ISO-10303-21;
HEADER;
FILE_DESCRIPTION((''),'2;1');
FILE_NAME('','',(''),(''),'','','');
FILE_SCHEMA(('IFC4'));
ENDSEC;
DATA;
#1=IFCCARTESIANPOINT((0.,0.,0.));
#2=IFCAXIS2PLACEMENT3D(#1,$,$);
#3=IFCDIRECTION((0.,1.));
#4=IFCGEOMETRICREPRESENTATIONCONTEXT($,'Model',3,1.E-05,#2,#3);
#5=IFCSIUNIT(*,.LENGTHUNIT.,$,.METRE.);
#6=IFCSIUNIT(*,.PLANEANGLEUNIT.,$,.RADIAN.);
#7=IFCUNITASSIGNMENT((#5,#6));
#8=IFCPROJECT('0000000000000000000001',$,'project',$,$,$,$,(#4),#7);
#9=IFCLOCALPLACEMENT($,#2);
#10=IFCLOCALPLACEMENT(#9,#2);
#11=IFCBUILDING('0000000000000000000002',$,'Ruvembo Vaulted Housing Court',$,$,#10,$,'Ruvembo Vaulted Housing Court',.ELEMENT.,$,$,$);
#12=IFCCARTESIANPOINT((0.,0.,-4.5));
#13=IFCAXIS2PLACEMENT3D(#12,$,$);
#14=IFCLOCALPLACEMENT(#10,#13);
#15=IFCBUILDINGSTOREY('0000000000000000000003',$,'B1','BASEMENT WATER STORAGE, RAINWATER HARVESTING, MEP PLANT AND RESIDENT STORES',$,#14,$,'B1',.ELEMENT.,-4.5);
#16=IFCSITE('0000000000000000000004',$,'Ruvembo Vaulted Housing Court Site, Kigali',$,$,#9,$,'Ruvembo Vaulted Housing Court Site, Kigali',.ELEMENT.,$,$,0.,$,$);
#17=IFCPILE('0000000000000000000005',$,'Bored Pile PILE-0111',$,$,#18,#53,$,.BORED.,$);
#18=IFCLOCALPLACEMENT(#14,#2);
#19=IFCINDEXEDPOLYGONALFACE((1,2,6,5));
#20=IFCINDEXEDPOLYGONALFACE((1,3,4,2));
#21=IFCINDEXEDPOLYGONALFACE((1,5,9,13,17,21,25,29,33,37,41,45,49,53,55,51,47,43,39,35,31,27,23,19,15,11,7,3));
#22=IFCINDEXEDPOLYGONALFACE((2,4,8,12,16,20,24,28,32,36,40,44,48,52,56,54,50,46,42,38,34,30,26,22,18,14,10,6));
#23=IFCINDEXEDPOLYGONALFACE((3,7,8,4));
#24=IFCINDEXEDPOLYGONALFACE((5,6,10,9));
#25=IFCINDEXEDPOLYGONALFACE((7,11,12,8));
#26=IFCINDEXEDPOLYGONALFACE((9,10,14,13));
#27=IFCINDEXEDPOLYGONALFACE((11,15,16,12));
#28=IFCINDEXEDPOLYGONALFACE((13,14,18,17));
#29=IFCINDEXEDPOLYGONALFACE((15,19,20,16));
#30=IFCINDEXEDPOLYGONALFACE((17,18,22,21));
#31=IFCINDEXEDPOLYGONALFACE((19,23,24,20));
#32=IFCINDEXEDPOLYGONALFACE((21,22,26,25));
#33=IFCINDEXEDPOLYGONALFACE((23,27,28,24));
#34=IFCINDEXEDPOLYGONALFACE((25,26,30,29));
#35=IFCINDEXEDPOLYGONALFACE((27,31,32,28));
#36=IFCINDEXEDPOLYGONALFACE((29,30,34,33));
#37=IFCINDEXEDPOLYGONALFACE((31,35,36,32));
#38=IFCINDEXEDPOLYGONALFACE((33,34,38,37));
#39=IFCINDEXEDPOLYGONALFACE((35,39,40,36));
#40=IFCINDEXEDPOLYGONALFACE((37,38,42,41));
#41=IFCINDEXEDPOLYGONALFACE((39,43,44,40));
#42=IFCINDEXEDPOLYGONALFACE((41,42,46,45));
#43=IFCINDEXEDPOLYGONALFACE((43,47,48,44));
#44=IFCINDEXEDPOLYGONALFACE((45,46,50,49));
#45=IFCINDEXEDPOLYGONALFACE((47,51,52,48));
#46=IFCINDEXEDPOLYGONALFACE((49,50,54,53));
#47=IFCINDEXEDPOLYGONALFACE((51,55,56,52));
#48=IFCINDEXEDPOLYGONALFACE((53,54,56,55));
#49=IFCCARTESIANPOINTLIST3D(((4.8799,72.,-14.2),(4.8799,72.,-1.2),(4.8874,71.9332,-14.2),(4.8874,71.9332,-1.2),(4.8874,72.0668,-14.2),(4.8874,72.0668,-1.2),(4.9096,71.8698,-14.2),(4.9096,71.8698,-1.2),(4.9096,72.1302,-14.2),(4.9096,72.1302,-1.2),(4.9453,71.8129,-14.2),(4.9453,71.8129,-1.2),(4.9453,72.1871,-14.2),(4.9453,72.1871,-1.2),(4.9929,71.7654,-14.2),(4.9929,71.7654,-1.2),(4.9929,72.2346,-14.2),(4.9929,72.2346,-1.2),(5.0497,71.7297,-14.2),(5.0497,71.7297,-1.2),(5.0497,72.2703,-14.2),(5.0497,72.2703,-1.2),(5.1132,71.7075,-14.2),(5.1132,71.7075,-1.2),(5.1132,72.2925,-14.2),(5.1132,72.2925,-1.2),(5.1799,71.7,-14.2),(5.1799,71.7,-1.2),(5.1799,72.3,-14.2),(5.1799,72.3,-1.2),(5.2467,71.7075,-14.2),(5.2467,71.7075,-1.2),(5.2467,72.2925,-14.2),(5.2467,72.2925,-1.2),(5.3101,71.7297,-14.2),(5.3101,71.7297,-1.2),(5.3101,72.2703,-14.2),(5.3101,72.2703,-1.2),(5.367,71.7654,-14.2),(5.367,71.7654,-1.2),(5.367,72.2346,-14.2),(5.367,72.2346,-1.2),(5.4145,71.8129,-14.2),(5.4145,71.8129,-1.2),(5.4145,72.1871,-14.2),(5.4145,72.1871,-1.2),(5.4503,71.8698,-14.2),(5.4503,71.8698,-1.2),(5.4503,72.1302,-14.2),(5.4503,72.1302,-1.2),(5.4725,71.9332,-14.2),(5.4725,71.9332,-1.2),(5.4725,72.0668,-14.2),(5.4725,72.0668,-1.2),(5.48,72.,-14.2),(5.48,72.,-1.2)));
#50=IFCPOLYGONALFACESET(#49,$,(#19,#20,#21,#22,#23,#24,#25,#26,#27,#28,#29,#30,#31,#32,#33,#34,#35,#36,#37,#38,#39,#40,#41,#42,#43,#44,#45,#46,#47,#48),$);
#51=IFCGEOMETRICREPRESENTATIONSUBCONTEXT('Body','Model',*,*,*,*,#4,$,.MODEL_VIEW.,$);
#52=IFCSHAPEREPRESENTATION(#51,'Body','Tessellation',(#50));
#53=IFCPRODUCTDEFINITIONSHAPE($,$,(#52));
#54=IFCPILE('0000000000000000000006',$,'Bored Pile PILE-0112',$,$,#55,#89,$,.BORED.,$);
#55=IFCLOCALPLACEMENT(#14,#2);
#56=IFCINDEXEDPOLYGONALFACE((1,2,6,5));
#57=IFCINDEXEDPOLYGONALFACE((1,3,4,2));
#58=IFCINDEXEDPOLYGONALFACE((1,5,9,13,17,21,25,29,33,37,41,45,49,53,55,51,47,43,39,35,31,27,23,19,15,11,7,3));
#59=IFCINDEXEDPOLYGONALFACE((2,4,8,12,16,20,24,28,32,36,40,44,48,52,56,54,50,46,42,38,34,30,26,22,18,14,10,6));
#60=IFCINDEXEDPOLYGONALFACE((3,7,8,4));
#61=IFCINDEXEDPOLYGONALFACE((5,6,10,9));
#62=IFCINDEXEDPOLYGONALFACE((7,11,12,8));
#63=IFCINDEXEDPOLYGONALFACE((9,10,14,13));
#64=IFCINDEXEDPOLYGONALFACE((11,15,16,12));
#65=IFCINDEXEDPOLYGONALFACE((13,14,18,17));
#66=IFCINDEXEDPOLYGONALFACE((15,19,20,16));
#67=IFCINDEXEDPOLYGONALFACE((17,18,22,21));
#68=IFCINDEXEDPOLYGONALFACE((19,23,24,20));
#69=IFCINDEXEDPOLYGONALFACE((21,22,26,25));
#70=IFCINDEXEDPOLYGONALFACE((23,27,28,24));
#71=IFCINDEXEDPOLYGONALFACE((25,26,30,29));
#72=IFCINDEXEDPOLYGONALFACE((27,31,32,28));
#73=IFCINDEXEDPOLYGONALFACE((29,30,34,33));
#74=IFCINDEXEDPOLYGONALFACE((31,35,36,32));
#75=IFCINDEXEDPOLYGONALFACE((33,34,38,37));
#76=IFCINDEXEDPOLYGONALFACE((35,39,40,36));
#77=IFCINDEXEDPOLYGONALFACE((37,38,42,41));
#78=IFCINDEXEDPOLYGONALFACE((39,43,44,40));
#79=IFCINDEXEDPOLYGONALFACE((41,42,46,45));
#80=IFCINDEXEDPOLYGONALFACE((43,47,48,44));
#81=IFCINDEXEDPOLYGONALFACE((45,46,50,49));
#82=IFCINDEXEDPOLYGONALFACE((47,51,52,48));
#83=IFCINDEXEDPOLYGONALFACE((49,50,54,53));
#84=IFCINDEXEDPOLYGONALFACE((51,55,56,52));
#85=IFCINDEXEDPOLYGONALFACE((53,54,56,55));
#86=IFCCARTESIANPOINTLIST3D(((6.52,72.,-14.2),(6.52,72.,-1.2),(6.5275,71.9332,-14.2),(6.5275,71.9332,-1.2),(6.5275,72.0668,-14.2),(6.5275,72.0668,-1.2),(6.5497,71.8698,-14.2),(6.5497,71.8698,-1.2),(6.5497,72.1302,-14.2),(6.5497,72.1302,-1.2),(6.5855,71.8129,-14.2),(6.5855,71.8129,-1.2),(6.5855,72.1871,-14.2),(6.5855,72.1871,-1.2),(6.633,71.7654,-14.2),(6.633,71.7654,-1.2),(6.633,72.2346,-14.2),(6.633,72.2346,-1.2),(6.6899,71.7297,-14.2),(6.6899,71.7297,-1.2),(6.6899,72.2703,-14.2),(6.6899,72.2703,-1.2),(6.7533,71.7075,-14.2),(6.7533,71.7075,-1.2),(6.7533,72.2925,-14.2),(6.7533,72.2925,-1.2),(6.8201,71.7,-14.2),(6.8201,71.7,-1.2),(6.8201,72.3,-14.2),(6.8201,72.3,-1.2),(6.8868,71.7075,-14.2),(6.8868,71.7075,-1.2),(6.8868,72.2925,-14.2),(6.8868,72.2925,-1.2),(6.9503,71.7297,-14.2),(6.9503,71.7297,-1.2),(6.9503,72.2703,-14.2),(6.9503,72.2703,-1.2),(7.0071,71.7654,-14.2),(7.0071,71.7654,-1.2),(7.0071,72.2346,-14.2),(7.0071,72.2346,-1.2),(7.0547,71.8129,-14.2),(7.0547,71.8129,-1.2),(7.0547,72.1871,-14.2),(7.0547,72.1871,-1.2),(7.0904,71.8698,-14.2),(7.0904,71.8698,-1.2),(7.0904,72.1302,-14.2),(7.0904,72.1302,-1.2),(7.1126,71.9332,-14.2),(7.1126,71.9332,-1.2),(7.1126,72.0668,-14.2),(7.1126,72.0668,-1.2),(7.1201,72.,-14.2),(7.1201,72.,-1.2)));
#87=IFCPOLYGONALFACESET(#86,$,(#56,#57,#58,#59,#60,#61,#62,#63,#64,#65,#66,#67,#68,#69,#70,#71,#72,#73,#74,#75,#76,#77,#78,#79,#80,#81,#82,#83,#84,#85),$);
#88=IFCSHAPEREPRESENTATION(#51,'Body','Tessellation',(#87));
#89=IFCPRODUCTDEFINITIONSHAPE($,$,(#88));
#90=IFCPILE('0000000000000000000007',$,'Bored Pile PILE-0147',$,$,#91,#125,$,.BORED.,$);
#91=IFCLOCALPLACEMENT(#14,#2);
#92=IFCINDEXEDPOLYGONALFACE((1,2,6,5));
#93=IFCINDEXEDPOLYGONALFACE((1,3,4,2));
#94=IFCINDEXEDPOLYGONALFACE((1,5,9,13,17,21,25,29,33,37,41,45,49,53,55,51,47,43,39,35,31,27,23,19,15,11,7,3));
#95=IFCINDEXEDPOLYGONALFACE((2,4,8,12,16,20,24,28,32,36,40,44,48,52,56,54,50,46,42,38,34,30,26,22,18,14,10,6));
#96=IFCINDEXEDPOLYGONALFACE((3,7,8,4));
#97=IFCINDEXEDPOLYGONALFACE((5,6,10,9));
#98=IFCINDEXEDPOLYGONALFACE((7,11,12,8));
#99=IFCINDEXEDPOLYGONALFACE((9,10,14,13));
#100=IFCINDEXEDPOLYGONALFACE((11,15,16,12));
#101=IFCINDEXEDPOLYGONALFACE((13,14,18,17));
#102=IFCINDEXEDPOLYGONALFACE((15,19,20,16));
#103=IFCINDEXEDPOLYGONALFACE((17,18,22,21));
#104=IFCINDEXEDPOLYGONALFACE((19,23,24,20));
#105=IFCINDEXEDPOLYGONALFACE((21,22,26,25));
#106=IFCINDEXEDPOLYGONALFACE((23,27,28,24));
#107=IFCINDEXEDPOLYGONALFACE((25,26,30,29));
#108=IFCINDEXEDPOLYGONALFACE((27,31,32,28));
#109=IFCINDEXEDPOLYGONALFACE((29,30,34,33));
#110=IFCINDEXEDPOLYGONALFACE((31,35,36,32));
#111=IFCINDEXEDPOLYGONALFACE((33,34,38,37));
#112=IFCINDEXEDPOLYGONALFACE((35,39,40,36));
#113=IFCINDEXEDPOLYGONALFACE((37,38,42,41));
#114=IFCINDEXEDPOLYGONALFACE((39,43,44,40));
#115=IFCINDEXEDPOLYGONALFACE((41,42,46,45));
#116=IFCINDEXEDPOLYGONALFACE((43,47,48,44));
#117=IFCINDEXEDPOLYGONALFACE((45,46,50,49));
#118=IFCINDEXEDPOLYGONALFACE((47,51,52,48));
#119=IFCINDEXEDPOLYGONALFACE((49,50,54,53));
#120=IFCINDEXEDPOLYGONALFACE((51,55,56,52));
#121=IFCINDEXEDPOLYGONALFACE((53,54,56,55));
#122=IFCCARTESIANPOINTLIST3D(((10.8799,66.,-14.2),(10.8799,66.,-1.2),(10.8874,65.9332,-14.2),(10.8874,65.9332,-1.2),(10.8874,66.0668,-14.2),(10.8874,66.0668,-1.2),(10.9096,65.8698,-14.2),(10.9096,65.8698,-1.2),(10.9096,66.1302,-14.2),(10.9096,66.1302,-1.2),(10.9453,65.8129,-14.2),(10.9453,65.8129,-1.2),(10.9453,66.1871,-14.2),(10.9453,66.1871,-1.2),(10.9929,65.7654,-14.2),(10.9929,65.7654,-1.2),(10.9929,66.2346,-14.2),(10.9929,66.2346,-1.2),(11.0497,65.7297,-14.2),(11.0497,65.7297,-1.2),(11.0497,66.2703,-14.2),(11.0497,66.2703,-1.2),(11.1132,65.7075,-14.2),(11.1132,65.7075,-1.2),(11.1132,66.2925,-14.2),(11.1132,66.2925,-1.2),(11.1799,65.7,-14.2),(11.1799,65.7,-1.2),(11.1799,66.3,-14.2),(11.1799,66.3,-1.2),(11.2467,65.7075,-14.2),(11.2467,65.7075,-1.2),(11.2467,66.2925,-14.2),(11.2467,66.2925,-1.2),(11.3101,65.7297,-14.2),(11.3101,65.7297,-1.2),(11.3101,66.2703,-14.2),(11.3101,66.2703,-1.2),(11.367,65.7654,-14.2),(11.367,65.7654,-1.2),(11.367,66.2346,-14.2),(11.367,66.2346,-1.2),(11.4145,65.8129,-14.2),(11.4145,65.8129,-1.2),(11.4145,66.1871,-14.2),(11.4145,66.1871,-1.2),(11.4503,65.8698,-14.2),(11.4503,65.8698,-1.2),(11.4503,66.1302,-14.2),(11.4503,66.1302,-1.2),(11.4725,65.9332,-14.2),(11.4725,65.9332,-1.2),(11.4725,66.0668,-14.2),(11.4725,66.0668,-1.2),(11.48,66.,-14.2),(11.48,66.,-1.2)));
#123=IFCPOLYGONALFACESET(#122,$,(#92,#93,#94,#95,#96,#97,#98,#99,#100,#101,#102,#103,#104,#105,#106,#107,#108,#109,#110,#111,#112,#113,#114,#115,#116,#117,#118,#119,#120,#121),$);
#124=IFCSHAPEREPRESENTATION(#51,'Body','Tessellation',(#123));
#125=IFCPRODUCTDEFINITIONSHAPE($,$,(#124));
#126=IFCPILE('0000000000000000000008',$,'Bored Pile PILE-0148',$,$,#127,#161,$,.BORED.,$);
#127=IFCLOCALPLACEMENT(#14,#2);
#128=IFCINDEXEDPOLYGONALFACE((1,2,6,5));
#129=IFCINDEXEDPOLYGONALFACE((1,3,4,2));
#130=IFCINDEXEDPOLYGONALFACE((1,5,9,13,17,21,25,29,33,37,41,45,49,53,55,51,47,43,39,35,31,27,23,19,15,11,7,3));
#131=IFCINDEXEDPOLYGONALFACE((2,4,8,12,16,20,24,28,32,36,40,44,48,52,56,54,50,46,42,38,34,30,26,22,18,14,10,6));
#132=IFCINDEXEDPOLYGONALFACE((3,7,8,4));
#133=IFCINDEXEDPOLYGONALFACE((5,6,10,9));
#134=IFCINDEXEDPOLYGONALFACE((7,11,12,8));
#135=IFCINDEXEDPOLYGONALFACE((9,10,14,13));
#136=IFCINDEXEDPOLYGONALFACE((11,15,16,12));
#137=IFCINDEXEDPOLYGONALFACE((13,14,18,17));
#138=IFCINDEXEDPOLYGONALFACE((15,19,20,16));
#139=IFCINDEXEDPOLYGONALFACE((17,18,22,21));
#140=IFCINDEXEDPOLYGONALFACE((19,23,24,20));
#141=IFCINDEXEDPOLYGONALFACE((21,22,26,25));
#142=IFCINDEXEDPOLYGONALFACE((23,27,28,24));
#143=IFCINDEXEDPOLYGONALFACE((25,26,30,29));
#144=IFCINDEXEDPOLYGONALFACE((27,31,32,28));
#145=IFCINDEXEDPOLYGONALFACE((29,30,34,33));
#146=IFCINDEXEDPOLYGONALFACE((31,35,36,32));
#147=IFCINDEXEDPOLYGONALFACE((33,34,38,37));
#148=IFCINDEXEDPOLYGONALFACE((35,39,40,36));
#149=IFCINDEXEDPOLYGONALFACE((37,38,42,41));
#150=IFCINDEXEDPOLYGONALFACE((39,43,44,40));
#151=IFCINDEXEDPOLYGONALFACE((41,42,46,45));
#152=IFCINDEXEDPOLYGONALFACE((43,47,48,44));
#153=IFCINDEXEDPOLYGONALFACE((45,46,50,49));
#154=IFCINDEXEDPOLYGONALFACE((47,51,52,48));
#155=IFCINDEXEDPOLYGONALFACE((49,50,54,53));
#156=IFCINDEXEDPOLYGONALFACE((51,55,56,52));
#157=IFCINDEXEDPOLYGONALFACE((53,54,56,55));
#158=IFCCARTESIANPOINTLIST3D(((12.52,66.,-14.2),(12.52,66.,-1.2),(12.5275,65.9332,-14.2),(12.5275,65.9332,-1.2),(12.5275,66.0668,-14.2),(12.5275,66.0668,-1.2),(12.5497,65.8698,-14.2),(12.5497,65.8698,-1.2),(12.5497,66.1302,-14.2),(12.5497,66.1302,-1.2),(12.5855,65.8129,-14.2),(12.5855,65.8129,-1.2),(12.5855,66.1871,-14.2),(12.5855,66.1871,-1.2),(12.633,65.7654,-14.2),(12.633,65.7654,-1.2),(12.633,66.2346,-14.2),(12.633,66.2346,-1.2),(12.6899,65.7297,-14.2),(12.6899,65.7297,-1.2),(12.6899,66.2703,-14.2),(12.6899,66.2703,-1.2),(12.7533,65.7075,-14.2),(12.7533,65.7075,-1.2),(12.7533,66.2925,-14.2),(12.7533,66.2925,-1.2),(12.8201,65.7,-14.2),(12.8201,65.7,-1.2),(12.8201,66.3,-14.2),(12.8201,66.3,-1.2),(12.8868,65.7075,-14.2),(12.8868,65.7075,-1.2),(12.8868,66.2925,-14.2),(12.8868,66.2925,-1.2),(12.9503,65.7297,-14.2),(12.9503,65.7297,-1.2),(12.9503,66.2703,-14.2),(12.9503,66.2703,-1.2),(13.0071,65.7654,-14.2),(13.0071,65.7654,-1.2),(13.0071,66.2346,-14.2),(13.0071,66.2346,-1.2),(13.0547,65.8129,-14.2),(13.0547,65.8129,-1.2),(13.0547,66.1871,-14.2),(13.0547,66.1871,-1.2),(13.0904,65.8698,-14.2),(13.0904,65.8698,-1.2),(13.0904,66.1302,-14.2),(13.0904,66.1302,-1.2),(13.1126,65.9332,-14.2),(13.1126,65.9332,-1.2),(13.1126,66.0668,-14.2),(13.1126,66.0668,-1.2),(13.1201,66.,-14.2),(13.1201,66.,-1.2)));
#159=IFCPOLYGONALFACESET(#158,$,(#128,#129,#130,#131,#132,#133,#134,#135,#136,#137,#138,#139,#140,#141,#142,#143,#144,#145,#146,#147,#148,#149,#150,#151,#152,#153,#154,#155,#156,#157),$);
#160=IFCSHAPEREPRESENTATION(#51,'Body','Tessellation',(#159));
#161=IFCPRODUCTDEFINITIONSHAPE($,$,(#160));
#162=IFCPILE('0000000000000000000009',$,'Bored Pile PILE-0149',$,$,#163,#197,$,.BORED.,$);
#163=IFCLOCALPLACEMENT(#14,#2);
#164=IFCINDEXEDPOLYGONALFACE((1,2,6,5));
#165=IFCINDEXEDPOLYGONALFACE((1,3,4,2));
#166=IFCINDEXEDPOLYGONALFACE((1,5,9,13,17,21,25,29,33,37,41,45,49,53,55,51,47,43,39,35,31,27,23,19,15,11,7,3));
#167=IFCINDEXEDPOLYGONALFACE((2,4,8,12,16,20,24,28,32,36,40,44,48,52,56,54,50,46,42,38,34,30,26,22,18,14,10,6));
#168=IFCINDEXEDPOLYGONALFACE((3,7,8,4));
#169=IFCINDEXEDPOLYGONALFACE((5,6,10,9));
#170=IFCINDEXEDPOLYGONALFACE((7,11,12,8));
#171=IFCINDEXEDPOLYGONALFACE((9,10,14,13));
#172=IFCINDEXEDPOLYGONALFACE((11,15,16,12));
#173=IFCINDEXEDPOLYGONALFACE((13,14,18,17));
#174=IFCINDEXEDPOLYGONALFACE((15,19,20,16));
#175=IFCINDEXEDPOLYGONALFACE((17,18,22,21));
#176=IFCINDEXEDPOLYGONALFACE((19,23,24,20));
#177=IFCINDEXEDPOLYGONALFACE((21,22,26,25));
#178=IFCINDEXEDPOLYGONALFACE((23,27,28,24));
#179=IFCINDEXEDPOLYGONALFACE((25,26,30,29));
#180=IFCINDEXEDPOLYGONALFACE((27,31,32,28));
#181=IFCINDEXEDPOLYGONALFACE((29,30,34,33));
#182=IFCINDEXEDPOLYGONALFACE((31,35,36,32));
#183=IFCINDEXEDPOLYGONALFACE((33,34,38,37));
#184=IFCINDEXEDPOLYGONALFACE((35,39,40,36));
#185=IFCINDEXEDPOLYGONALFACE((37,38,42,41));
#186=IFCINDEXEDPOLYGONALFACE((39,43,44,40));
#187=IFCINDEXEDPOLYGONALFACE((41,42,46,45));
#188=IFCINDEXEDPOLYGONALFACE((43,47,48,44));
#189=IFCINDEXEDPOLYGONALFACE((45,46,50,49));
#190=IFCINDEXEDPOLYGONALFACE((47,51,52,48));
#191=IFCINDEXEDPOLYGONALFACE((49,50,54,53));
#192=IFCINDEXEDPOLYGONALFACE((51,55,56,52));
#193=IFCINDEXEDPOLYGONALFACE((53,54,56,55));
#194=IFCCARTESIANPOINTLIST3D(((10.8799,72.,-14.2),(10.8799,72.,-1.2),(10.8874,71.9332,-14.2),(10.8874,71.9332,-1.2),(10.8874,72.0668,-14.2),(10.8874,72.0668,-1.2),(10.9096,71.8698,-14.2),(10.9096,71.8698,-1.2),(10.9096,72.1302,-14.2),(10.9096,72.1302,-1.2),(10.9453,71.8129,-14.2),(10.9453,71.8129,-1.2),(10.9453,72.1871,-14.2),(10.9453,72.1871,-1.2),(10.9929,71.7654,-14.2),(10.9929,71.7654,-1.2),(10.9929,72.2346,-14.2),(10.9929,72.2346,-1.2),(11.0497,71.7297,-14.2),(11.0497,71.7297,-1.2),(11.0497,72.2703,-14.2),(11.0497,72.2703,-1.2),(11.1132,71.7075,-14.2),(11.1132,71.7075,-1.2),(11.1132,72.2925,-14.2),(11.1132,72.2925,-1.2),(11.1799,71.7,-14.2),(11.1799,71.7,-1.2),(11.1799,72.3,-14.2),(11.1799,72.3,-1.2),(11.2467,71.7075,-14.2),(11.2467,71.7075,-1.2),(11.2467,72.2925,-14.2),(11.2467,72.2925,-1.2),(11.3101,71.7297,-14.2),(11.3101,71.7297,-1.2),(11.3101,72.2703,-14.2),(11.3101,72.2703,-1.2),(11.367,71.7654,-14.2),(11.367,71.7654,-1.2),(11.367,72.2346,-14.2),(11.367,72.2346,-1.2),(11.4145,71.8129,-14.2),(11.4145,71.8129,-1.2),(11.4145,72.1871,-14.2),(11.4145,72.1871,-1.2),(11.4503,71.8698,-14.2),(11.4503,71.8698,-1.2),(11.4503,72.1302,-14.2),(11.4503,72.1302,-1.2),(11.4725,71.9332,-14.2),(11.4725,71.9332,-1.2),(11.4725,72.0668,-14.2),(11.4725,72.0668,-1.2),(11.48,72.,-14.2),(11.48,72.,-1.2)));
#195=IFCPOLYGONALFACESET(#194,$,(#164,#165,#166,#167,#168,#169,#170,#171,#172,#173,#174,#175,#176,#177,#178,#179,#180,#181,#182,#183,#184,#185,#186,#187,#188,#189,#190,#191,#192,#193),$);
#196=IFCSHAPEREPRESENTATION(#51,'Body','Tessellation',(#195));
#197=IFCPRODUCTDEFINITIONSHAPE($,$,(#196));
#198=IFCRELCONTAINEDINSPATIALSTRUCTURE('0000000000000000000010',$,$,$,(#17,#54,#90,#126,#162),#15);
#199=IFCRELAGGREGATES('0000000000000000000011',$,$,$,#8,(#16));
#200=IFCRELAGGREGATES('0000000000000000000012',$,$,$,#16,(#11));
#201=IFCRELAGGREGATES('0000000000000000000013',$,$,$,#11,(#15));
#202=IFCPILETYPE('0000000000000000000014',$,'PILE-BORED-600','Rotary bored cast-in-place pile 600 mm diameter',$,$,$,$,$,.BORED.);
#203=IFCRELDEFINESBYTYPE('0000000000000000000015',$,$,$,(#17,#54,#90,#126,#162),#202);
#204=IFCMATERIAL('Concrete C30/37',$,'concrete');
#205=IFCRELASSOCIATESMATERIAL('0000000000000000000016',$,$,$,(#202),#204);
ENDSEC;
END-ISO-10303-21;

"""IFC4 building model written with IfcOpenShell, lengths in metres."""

from ifc_helpers import new_model, si_unit, direction, frame, origin, origin_2d, place, context, subcontext, project, spatial, circle, extrude, material, material_profile, profile_set, type_object, element, save


model = new_model("IFC4")

# Units and contexts
model_context = context("Model", 3, precision=1e-05, world=origin(), true_north=direction((0.0, 1.0)))
body_context = subcontext(model_context, "Body", "Model", "MODEL_VIEW")
ifc_project = project(units=[si_unit("LENGTHUNIT", "METRE"), si_unit("PLANEANGLEUNIT", "RADIAN")], contexts=[model_context])

# Site, building, storey
site_placement = place(None, origin())
site = spatial("IfcSite", under=ifc_project, at=site_placement, Name="Ruvembo Vaulted Housing Court Site, Kigali", LongName="Ruvembo Vaulted Housing Court Site, Kigali", CompositionType="ELEMENT", RefElevation=0.0)
building_placement = place(site_placement, origin())
building = spatial("IfcBuilding", under=site, at=building_placement, Name="Ruvembo Vaulted Housing Court", LongName="Ruvembo Vaulted Housing Court", CompositionType="ELEMENT")
storey_placement = place(building_placement, frame((0.0, 0.0, -4.5)))
storey = spatial("IfcBuildingStorey", under=building, at=storey_placement, Name="B1", Description="BASEMENT WATER STORAGE, RAINWATER HARVESTING, MEP PLANT AND RESIDENT STORES", LongName="B1", CompositionType="ELEMENT", Elevation=-4.5)

# Piles
ifc_material_1 = material(Name="Concrete C30/37", Category="concrete")
ifc_material_profile_1 = material_profile(ifc_material_1, circle(Radius=0.3, at=origin_2d()), Name="PILE D600")
ifc_profile_set_1 = profile_set([ifc_material_profile_1], Name="Concrete C30/37")
pile_type = type_object("IfcPileType", Name="PILE-BORED-600", Description="Rotary bored cast-in-place pile 600 mm diameter", PredefinedType="BORED", material=ifc_profile_set_1)
for number, where, z_axis, x_axis, name in (
    (1, (5.1799, 72.0, -1.2), (0.0, 0.0, -1.0), (1.0, 0.0, 0.0), "Bored Pile PILE-0111"),
    (2, (6.8201, 72.0, -1.2), (0.0, 0.0, -1.0), (1.0, 0.0, 0.0), "Bored Pile PILE-0112"),
    (3, (11.1799, 66.0, -1.2), (0.0, 0.0, -1.0), (1.0, 0.0, 0.0), "Bored Pile PILE-0147"),
    (4, (12.8201, 66.0, -1.2), (0.0, 0.0, -1.0), (1.0, 0.0, 0.0), "Bored Pile PILE-0148"),
    (5, (11.1799, 72.0, -1.2), (0.0, 0.0, -1.0), (1.0, 0.0, 0.0), "Bored Pile PILE-0149"),
):
    element("IfcPile", number, at=place(storey_placement, frame(where, z_axis=z_axis, x_axis=x_axis)), inside=storey, type_object=pile_type, Name=name, PredefinedType="BORED", context=body_context, shape_type="SweptSolid", body=[
        extrude(circle(Radius=0.3, at=origin_2d()), origin(), (0.0, 0.0, 1.0), 13.0),
    ])

save(model, "model.ifc")
